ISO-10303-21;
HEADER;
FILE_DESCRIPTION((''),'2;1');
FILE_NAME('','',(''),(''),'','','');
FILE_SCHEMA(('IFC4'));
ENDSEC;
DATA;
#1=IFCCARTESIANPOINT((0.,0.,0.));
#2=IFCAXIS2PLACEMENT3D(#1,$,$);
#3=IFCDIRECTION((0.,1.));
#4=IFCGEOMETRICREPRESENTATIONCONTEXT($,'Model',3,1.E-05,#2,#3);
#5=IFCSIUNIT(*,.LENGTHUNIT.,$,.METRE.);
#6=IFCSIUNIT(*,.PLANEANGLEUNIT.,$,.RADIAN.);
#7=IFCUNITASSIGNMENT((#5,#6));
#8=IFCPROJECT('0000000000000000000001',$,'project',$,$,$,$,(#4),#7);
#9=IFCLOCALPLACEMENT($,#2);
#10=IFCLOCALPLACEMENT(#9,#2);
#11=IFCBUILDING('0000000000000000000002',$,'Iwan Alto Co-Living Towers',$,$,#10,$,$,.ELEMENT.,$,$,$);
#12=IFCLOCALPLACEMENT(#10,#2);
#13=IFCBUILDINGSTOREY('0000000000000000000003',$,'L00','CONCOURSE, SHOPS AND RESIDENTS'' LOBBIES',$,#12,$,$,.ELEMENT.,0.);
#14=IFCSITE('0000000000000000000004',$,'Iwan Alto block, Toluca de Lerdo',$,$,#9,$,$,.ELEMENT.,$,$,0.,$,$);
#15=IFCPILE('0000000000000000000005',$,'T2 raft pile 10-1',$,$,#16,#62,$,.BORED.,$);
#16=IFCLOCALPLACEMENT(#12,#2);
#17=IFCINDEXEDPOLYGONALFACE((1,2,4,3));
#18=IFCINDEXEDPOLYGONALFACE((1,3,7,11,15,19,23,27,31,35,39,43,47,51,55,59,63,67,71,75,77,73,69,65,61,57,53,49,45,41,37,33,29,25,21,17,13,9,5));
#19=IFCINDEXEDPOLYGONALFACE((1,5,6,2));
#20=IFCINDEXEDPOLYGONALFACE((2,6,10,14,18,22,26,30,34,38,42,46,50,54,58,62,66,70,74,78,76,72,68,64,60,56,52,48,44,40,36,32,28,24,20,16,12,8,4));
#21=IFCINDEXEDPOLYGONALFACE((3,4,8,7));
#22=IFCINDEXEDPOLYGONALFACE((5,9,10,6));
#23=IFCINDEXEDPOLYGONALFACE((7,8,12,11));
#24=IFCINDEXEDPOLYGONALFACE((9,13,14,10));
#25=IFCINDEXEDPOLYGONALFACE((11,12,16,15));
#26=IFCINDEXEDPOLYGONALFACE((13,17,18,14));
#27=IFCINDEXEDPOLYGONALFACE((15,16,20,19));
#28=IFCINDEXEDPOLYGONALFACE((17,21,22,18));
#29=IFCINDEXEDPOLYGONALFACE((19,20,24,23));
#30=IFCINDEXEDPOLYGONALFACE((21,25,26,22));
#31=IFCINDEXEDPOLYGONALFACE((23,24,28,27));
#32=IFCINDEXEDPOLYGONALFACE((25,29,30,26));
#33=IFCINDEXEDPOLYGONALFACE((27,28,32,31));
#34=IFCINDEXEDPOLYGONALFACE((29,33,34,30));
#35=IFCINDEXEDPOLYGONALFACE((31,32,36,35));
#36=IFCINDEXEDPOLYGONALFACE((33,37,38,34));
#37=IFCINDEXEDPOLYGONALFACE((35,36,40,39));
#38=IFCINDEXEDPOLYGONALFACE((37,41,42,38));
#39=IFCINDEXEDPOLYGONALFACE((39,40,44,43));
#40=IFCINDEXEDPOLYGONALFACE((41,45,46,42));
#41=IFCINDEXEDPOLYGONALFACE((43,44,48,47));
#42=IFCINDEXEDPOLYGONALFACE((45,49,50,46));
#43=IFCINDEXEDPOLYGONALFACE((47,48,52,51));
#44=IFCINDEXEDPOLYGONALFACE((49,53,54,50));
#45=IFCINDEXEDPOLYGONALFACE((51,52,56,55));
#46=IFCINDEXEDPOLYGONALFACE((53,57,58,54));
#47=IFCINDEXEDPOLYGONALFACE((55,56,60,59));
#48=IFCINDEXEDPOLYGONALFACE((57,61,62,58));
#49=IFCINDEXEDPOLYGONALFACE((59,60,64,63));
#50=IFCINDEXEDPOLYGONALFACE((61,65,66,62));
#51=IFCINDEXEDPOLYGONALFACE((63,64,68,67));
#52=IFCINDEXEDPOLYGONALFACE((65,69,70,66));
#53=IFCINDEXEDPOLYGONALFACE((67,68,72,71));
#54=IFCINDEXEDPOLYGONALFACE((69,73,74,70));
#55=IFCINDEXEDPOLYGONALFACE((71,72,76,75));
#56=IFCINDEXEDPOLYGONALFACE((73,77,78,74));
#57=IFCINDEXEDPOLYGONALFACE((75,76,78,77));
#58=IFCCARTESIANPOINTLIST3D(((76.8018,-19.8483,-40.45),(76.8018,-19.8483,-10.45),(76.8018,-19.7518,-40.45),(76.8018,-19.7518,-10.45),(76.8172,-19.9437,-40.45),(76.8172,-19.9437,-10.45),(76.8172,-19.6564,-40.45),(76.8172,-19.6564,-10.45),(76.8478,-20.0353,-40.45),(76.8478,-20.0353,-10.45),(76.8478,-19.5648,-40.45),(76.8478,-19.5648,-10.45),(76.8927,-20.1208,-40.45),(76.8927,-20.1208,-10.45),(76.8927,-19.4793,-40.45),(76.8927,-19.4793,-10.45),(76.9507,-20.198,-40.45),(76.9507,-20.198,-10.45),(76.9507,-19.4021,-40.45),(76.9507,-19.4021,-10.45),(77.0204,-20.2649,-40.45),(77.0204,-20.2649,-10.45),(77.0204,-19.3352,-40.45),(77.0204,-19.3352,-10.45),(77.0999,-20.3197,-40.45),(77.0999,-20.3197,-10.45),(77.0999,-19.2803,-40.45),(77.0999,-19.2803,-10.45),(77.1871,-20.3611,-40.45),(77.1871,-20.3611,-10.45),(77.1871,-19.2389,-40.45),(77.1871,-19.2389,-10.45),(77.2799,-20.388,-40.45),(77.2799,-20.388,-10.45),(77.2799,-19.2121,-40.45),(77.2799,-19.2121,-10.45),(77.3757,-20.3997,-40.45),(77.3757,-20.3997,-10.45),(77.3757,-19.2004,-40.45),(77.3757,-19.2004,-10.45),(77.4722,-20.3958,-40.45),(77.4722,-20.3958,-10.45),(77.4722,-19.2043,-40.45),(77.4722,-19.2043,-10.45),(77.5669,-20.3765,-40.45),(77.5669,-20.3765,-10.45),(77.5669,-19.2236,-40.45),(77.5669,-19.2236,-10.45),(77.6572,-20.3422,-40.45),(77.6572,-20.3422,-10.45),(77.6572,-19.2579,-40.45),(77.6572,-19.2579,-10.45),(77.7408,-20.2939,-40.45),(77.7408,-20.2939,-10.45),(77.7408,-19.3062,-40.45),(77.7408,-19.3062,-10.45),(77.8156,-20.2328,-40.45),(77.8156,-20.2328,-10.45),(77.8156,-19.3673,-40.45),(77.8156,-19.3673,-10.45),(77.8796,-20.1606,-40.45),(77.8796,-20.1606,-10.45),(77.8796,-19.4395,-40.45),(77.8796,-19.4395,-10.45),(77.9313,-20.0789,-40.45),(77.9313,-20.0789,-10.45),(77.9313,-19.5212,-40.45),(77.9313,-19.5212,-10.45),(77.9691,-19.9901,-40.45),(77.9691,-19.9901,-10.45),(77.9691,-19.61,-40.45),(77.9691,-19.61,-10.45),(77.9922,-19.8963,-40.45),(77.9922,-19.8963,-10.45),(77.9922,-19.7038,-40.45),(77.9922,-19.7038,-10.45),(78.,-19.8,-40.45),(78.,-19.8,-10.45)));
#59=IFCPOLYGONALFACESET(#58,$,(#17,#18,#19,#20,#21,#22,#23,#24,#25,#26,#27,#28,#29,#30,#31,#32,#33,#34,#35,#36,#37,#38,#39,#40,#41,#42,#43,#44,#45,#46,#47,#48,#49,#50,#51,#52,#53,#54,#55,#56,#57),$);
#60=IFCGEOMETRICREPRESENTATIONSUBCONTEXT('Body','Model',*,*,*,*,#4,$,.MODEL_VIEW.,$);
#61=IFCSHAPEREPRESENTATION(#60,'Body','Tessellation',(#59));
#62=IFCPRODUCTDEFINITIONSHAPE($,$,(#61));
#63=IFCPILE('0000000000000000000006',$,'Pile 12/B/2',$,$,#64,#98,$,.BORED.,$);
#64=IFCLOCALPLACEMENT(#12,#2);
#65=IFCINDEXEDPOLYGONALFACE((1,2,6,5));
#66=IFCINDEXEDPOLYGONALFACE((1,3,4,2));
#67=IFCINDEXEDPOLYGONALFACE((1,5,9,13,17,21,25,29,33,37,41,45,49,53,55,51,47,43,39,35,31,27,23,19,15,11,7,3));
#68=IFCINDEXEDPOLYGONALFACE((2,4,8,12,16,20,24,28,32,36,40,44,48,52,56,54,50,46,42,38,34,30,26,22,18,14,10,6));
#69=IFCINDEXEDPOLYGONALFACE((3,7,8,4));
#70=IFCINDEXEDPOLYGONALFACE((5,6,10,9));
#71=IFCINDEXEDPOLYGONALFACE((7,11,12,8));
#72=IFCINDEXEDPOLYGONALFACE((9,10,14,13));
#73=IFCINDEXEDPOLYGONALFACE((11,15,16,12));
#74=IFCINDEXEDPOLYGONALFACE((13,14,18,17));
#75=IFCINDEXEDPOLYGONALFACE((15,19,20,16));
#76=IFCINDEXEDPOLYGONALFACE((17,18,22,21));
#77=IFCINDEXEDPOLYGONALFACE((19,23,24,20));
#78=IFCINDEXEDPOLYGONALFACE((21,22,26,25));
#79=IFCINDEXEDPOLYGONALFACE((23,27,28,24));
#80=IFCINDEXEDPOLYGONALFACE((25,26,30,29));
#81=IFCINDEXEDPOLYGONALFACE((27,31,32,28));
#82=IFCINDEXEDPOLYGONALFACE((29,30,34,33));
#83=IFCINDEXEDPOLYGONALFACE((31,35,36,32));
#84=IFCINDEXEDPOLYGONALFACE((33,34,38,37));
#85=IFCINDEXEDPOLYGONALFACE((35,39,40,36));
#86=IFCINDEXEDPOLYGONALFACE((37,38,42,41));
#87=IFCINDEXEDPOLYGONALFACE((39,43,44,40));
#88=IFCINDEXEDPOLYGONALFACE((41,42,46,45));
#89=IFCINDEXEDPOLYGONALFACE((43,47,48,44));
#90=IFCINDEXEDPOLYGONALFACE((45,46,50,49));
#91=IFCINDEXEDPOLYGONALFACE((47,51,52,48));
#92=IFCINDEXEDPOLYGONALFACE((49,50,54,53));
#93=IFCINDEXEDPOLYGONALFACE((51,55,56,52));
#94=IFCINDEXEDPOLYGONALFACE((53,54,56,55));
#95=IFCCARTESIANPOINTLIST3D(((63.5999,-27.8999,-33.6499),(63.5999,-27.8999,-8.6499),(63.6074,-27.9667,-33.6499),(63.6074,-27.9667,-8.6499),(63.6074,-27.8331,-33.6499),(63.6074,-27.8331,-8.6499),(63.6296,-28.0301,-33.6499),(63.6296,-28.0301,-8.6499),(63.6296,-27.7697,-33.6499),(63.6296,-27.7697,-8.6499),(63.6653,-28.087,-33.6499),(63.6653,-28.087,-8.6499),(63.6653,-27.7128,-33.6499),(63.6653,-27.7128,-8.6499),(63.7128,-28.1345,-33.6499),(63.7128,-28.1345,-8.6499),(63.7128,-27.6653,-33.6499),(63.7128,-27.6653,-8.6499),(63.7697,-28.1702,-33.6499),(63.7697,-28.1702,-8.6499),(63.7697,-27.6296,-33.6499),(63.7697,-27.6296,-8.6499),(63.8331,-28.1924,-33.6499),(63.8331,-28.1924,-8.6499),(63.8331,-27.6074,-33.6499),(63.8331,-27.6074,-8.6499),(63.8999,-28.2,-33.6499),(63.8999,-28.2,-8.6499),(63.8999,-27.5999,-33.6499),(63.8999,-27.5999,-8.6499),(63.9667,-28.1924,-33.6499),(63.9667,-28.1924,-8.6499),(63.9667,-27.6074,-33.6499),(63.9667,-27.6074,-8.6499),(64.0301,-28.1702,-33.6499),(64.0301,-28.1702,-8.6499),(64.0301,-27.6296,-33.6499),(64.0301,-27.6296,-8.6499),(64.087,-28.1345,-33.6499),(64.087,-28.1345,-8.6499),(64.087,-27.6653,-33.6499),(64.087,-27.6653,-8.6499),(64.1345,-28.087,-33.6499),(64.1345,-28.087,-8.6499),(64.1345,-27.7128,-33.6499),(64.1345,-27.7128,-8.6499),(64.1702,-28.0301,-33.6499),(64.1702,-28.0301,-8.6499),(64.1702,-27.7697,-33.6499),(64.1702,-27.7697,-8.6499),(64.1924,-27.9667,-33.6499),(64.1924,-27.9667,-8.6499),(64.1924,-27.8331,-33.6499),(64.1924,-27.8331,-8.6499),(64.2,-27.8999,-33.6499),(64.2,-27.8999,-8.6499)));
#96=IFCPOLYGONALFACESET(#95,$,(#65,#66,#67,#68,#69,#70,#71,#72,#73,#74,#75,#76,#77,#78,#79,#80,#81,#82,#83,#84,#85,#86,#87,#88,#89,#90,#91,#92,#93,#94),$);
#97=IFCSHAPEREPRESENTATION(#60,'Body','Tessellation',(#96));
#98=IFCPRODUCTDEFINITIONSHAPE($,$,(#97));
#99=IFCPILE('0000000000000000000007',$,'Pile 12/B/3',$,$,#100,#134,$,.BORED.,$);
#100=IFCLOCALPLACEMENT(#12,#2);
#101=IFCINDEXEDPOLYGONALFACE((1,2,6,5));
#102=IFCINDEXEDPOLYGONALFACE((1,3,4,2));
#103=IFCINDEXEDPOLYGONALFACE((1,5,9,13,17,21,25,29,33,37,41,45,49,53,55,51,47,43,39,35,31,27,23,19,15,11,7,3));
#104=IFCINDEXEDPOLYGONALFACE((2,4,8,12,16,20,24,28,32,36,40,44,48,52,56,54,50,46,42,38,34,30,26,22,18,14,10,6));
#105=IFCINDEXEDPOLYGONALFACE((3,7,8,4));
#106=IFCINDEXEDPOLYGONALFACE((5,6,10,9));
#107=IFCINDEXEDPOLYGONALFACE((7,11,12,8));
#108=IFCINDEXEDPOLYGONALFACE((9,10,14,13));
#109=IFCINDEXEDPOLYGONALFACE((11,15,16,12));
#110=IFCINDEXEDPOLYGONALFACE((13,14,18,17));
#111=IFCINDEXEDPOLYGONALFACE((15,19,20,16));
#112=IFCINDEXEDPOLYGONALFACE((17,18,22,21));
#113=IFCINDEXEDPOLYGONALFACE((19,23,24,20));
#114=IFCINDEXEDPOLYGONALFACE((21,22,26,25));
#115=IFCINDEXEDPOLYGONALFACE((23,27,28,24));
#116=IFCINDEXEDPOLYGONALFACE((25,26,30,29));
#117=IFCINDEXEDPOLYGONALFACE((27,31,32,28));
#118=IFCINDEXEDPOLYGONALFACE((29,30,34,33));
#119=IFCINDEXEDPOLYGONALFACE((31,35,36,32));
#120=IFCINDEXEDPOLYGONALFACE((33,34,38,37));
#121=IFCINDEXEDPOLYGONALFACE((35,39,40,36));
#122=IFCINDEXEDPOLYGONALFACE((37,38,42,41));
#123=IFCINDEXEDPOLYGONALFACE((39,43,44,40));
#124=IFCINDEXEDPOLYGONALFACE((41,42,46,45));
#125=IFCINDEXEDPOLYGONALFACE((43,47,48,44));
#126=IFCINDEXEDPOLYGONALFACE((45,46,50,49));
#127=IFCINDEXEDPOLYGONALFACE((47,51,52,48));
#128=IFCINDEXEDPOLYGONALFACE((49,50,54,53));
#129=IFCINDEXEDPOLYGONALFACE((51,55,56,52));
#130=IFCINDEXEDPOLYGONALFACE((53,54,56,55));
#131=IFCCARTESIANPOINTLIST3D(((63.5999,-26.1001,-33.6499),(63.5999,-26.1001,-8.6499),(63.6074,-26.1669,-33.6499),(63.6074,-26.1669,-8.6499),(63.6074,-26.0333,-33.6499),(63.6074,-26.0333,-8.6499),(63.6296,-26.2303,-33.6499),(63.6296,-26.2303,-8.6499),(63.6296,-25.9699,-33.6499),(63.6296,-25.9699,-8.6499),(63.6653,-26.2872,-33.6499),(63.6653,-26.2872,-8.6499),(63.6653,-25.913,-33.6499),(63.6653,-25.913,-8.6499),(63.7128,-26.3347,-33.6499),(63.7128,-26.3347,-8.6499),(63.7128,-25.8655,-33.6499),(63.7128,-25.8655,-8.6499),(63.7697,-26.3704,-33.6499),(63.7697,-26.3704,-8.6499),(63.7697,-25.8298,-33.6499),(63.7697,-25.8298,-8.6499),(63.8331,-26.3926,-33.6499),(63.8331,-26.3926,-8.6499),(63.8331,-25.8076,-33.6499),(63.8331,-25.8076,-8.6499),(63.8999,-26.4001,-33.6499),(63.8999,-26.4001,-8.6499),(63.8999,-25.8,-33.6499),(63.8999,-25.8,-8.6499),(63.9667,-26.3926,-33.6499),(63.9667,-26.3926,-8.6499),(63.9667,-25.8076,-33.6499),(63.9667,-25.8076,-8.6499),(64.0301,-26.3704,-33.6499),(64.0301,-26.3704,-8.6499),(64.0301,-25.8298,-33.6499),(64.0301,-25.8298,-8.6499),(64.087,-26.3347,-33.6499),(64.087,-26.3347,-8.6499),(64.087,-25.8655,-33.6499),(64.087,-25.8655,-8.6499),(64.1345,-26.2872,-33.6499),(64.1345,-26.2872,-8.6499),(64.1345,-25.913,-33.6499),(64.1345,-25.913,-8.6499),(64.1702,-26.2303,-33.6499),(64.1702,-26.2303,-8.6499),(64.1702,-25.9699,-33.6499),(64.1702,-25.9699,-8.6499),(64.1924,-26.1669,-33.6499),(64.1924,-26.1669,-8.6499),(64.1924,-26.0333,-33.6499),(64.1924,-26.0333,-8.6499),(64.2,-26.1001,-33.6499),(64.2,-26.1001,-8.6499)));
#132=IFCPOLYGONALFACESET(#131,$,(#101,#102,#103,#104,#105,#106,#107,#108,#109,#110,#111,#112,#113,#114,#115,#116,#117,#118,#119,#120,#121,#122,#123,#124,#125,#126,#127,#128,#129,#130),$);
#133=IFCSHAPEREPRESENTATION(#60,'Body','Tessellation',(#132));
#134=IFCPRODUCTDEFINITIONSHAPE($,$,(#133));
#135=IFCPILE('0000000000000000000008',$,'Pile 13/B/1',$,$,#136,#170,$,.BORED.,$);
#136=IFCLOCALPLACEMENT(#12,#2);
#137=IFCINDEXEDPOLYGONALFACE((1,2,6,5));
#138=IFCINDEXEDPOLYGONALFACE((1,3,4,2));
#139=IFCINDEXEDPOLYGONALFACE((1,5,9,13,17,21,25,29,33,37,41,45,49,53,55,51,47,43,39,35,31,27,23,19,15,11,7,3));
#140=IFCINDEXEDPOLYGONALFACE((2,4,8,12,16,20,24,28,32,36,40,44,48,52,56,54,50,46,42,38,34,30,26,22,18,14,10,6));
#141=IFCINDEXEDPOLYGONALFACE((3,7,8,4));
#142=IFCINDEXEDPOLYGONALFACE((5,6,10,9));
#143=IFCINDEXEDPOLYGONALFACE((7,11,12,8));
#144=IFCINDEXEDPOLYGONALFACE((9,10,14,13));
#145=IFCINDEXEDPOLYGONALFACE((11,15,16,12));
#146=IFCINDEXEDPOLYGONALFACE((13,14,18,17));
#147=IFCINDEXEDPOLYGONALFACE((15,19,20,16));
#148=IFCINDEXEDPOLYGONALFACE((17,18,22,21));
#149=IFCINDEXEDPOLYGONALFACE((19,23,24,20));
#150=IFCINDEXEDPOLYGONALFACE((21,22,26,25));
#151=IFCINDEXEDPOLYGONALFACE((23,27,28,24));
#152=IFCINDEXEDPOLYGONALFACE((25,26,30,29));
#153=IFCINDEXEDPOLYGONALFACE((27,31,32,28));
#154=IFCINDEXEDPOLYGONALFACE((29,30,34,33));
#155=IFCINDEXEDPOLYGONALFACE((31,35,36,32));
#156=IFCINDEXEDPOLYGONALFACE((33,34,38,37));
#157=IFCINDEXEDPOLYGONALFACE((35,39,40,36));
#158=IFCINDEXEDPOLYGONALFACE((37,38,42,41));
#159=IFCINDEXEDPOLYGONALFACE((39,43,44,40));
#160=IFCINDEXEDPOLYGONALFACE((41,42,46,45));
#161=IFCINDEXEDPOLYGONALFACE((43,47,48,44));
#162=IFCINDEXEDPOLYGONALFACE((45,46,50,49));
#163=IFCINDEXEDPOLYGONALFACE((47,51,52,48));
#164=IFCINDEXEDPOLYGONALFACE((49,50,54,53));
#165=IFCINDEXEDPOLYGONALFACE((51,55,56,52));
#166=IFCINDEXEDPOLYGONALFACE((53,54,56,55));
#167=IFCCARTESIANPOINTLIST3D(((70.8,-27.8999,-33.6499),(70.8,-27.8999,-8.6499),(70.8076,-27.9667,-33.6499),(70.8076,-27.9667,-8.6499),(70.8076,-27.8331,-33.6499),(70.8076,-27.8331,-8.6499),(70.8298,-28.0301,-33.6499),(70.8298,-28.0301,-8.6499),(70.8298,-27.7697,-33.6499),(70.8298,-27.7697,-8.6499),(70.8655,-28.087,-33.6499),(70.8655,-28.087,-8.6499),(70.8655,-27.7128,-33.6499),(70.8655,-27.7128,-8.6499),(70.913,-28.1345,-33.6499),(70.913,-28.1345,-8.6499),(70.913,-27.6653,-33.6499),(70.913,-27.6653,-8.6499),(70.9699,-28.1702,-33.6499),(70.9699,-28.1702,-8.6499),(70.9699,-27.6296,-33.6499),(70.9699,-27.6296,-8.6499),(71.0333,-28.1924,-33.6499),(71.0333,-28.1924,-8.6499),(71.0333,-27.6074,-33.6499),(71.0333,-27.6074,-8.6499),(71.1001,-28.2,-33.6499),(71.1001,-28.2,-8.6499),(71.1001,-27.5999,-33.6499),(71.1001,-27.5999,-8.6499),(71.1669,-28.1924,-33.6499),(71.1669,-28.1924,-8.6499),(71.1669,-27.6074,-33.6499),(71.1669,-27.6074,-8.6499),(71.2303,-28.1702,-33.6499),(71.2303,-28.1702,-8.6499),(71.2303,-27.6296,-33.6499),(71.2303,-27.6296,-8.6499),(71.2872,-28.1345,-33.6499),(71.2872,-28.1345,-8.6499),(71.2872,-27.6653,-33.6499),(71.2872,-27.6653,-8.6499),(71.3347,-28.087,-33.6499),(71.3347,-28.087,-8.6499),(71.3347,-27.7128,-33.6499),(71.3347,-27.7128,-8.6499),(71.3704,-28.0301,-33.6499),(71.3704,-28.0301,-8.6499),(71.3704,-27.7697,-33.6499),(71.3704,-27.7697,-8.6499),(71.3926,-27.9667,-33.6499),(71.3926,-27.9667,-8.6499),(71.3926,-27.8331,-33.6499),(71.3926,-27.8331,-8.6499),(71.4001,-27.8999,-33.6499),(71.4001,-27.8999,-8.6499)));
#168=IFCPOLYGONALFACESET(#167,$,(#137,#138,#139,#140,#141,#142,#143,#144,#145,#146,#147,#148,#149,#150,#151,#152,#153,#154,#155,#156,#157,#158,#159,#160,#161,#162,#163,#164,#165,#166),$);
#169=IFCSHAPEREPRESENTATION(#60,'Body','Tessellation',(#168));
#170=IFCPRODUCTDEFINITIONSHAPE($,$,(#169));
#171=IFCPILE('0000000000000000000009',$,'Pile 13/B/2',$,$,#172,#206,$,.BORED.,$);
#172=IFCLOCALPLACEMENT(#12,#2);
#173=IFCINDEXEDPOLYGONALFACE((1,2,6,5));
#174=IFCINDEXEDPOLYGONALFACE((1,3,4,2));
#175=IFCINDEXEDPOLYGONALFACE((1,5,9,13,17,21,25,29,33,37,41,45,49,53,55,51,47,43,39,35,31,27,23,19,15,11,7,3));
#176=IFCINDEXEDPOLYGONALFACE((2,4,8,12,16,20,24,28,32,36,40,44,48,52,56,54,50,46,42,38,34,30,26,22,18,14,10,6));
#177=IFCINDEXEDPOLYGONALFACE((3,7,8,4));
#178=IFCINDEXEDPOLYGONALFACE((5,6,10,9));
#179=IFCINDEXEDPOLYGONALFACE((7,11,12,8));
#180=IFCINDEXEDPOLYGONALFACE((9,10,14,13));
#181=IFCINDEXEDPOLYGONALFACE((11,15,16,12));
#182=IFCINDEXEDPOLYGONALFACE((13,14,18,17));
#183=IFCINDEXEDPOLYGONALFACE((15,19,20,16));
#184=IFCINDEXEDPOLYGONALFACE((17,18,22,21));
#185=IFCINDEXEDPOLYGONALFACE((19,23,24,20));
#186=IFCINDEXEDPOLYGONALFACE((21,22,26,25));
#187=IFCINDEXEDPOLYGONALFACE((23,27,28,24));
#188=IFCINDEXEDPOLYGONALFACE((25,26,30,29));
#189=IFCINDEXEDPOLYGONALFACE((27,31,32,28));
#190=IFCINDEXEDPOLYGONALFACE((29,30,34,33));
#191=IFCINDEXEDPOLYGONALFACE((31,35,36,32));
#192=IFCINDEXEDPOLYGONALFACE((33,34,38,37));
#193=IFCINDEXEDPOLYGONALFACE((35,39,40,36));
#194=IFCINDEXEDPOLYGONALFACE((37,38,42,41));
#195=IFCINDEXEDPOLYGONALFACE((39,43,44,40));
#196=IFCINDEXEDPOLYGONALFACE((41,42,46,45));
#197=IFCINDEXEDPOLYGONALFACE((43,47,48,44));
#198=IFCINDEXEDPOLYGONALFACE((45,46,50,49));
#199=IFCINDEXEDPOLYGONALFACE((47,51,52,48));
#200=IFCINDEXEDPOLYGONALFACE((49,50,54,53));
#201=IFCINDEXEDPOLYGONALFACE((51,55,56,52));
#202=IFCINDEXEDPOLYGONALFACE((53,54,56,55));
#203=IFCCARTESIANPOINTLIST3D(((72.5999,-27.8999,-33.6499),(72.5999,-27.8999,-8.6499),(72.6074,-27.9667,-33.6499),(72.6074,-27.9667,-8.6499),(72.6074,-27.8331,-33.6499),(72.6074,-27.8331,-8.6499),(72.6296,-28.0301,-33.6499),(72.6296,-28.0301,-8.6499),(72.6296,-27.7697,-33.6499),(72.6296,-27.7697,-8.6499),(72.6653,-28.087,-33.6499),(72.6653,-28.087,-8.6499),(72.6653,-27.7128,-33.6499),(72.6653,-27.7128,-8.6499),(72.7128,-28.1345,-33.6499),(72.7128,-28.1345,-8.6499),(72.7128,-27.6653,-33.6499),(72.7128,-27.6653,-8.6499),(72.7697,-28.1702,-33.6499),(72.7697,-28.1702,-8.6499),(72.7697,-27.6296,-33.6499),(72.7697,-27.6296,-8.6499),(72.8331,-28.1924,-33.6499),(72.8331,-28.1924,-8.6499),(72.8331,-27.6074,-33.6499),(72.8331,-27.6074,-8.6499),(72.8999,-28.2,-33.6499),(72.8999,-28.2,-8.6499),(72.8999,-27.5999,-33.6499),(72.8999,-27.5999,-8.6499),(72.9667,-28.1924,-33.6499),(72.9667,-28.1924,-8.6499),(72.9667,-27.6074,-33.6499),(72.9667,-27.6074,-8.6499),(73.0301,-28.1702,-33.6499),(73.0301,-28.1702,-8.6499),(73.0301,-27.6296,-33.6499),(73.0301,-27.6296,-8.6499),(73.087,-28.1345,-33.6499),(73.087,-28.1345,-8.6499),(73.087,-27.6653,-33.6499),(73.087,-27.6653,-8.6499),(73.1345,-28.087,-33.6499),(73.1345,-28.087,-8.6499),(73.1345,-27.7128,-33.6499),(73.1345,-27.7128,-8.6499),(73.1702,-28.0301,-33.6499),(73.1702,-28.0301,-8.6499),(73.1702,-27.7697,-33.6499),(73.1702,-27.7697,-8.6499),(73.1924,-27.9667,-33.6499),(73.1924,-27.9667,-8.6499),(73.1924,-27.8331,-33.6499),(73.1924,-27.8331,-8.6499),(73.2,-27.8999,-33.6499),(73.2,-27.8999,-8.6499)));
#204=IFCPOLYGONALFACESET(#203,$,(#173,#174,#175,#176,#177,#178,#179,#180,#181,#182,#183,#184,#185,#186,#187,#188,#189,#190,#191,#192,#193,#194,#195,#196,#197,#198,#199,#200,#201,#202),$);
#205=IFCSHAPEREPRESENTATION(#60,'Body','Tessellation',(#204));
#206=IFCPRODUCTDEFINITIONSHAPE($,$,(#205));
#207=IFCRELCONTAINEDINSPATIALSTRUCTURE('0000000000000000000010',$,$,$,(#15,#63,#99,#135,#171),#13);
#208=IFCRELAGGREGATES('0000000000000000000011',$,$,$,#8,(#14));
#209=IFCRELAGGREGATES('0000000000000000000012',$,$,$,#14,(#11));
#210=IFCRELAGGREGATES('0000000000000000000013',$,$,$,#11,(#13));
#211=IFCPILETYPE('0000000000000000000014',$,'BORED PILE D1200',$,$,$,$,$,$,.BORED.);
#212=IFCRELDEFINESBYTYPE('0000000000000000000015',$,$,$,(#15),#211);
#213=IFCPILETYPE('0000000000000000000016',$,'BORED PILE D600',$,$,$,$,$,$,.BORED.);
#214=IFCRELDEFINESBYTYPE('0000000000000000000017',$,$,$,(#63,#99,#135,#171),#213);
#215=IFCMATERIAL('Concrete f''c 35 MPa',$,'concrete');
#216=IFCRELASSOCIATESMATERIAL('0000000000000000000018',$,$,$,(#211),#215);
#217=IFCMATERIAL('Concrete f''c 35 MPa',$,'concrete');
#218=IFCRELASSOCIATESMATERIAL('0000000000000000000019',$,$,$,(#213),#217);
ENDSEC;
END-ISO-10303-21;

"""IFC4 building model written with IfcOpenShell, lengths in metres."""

from ifc_helpers import new_model, si_unit, direction, frame, origin, origin_2d, place, context, subcontext, project, spatial, circle, extrude, material, material_profile, profile_set, type_object, element, save


model = new_model("IFC4")

# Units and contexts
model_context = context("Model", 3, precision=1e-05, world=origin(), true_north=direction((0.0, 1.0)))
body_context = subcontext(model_context, "Body", "Model", "MODEL_VIEW")
ifc_project = project(units=[si_unit("LENGTHUNIT", "METRE"), si_unit("PLANEANGLEUNIT", "RADIAN")], contexts=[model_context])

# Site, building, storey
site_placement = place(None, origin())
site = spatial("IfcSite", under=ifc_project, at=site_placement, Name="Iwan Alto block, Toluca de Lerdo", CompositionType="ELEMENT", RefElevation=0.0)
building_placement = place(site_placement, origin())
building = spatial("IfcBuilding", under=site, at=building_placement, Name="Iwan Alto Co-Living Towers", CompositionType="ELEMENT")
storey_placement = place(building_placement, origin())
storey = spatial("IfcBuildingStorey", under=building, at=storey_placement, Name="L00", Description="CONCOURSE, SHOPS AND RESIDENTS' LOBBIES", CompositionType="ELEMENT", Elevation=0.0)

# Piles
ifc_material_1 = material(Name="Concrete f'c 35 MPa", Category="concrete")
ifc_material_profile_1 = material_profile(ifc_material_1, circle(Radius=0.6001, at=origin_2d()), Name="D1200")
ifc_profile_set_1 = profile_set([ifc_material_profile_1], Name="Concrete f'c 35 MPa")
pile_type_1 = type_object("IfcPileType", Name="BORED PILE D1200", PredefinedType="BORED", material=ifc_profile_set_1)
for number, where, z_axis, x_axis, name in (
    (1, (77.3999, -19.8, -10.45), (0.0, 0.0, -1.0), (1.0, 0.0, 0.0), "T2 raft pile 10-1"),
):
    element("IfcPile", number, at=place(storey_placement, frame(where, z_axis=z_axis, x_axis=x_axis)), inside=storey, type_object=pile_type_1, Name=name, PredefinedType="BORED", context=body_context, shape_type="SweptSolid", body=[
        extrude(circle(Radius=0.6001, at=origin_2d()), origin(), (0.0, 0.0, 1.0), 30.0),
    ])
ifc_material_2 = material(Name="Concrete f'c 35 MPa", Category="concrete")
ifc_material_profile_2 = material_profile(ifc_material_2, circle(Radius=0.3, at=origin_2d()), Name="D600")
ifc_profile_set_2 = profile_set([ifc_material_profile_2], Name="Concrete f'c 35 MPa")
pile_type_2 = type_object("IfcPileType", Name="BORED PILE D600", PredefinedType="BORED", material=ifc_profile_set_2)
for number, where, z_axis, x_axis, name in (
    (2, (63.8999, -27.8999, -8.6499), (0.0, 0.0, -1.0), (1.0, 0.0, 0.0), "Pile 12/B/2"),
    (3, (63.8999, -26.1001, -8.6499), (0.0, 0.0, -1.0), (1.0, 0.0, 0.0), "Pile 12/B/3"),
    (4, (71.1001, -27.8999, -8.6499), (0.0, 0.0, -1.0), (1.0, 0.0, 0.0), "Pile 13/B/1"),
    (5, (72.8999, -27.8999, -8.6499), (0.0, 0.0, -1.0), (1.0, 0.0, 0.0), "Pile 13/B/2"),
):
    element("IfcPile", number, at=place(storey_placement, frame(where, z_axis=z_axis, x_axis=x_axis)), inside=storey, type_object=pile_type_2, Name=name, PredefinedType="BORED", context=body_context, shape_type="SweptSolid", body=[
        extrude(circle(Radius=0.3, at=origin_2d()), origin(), (0.0, 0.0, 1.0), 25.0),
    ])

save(model, "model.ifc")
